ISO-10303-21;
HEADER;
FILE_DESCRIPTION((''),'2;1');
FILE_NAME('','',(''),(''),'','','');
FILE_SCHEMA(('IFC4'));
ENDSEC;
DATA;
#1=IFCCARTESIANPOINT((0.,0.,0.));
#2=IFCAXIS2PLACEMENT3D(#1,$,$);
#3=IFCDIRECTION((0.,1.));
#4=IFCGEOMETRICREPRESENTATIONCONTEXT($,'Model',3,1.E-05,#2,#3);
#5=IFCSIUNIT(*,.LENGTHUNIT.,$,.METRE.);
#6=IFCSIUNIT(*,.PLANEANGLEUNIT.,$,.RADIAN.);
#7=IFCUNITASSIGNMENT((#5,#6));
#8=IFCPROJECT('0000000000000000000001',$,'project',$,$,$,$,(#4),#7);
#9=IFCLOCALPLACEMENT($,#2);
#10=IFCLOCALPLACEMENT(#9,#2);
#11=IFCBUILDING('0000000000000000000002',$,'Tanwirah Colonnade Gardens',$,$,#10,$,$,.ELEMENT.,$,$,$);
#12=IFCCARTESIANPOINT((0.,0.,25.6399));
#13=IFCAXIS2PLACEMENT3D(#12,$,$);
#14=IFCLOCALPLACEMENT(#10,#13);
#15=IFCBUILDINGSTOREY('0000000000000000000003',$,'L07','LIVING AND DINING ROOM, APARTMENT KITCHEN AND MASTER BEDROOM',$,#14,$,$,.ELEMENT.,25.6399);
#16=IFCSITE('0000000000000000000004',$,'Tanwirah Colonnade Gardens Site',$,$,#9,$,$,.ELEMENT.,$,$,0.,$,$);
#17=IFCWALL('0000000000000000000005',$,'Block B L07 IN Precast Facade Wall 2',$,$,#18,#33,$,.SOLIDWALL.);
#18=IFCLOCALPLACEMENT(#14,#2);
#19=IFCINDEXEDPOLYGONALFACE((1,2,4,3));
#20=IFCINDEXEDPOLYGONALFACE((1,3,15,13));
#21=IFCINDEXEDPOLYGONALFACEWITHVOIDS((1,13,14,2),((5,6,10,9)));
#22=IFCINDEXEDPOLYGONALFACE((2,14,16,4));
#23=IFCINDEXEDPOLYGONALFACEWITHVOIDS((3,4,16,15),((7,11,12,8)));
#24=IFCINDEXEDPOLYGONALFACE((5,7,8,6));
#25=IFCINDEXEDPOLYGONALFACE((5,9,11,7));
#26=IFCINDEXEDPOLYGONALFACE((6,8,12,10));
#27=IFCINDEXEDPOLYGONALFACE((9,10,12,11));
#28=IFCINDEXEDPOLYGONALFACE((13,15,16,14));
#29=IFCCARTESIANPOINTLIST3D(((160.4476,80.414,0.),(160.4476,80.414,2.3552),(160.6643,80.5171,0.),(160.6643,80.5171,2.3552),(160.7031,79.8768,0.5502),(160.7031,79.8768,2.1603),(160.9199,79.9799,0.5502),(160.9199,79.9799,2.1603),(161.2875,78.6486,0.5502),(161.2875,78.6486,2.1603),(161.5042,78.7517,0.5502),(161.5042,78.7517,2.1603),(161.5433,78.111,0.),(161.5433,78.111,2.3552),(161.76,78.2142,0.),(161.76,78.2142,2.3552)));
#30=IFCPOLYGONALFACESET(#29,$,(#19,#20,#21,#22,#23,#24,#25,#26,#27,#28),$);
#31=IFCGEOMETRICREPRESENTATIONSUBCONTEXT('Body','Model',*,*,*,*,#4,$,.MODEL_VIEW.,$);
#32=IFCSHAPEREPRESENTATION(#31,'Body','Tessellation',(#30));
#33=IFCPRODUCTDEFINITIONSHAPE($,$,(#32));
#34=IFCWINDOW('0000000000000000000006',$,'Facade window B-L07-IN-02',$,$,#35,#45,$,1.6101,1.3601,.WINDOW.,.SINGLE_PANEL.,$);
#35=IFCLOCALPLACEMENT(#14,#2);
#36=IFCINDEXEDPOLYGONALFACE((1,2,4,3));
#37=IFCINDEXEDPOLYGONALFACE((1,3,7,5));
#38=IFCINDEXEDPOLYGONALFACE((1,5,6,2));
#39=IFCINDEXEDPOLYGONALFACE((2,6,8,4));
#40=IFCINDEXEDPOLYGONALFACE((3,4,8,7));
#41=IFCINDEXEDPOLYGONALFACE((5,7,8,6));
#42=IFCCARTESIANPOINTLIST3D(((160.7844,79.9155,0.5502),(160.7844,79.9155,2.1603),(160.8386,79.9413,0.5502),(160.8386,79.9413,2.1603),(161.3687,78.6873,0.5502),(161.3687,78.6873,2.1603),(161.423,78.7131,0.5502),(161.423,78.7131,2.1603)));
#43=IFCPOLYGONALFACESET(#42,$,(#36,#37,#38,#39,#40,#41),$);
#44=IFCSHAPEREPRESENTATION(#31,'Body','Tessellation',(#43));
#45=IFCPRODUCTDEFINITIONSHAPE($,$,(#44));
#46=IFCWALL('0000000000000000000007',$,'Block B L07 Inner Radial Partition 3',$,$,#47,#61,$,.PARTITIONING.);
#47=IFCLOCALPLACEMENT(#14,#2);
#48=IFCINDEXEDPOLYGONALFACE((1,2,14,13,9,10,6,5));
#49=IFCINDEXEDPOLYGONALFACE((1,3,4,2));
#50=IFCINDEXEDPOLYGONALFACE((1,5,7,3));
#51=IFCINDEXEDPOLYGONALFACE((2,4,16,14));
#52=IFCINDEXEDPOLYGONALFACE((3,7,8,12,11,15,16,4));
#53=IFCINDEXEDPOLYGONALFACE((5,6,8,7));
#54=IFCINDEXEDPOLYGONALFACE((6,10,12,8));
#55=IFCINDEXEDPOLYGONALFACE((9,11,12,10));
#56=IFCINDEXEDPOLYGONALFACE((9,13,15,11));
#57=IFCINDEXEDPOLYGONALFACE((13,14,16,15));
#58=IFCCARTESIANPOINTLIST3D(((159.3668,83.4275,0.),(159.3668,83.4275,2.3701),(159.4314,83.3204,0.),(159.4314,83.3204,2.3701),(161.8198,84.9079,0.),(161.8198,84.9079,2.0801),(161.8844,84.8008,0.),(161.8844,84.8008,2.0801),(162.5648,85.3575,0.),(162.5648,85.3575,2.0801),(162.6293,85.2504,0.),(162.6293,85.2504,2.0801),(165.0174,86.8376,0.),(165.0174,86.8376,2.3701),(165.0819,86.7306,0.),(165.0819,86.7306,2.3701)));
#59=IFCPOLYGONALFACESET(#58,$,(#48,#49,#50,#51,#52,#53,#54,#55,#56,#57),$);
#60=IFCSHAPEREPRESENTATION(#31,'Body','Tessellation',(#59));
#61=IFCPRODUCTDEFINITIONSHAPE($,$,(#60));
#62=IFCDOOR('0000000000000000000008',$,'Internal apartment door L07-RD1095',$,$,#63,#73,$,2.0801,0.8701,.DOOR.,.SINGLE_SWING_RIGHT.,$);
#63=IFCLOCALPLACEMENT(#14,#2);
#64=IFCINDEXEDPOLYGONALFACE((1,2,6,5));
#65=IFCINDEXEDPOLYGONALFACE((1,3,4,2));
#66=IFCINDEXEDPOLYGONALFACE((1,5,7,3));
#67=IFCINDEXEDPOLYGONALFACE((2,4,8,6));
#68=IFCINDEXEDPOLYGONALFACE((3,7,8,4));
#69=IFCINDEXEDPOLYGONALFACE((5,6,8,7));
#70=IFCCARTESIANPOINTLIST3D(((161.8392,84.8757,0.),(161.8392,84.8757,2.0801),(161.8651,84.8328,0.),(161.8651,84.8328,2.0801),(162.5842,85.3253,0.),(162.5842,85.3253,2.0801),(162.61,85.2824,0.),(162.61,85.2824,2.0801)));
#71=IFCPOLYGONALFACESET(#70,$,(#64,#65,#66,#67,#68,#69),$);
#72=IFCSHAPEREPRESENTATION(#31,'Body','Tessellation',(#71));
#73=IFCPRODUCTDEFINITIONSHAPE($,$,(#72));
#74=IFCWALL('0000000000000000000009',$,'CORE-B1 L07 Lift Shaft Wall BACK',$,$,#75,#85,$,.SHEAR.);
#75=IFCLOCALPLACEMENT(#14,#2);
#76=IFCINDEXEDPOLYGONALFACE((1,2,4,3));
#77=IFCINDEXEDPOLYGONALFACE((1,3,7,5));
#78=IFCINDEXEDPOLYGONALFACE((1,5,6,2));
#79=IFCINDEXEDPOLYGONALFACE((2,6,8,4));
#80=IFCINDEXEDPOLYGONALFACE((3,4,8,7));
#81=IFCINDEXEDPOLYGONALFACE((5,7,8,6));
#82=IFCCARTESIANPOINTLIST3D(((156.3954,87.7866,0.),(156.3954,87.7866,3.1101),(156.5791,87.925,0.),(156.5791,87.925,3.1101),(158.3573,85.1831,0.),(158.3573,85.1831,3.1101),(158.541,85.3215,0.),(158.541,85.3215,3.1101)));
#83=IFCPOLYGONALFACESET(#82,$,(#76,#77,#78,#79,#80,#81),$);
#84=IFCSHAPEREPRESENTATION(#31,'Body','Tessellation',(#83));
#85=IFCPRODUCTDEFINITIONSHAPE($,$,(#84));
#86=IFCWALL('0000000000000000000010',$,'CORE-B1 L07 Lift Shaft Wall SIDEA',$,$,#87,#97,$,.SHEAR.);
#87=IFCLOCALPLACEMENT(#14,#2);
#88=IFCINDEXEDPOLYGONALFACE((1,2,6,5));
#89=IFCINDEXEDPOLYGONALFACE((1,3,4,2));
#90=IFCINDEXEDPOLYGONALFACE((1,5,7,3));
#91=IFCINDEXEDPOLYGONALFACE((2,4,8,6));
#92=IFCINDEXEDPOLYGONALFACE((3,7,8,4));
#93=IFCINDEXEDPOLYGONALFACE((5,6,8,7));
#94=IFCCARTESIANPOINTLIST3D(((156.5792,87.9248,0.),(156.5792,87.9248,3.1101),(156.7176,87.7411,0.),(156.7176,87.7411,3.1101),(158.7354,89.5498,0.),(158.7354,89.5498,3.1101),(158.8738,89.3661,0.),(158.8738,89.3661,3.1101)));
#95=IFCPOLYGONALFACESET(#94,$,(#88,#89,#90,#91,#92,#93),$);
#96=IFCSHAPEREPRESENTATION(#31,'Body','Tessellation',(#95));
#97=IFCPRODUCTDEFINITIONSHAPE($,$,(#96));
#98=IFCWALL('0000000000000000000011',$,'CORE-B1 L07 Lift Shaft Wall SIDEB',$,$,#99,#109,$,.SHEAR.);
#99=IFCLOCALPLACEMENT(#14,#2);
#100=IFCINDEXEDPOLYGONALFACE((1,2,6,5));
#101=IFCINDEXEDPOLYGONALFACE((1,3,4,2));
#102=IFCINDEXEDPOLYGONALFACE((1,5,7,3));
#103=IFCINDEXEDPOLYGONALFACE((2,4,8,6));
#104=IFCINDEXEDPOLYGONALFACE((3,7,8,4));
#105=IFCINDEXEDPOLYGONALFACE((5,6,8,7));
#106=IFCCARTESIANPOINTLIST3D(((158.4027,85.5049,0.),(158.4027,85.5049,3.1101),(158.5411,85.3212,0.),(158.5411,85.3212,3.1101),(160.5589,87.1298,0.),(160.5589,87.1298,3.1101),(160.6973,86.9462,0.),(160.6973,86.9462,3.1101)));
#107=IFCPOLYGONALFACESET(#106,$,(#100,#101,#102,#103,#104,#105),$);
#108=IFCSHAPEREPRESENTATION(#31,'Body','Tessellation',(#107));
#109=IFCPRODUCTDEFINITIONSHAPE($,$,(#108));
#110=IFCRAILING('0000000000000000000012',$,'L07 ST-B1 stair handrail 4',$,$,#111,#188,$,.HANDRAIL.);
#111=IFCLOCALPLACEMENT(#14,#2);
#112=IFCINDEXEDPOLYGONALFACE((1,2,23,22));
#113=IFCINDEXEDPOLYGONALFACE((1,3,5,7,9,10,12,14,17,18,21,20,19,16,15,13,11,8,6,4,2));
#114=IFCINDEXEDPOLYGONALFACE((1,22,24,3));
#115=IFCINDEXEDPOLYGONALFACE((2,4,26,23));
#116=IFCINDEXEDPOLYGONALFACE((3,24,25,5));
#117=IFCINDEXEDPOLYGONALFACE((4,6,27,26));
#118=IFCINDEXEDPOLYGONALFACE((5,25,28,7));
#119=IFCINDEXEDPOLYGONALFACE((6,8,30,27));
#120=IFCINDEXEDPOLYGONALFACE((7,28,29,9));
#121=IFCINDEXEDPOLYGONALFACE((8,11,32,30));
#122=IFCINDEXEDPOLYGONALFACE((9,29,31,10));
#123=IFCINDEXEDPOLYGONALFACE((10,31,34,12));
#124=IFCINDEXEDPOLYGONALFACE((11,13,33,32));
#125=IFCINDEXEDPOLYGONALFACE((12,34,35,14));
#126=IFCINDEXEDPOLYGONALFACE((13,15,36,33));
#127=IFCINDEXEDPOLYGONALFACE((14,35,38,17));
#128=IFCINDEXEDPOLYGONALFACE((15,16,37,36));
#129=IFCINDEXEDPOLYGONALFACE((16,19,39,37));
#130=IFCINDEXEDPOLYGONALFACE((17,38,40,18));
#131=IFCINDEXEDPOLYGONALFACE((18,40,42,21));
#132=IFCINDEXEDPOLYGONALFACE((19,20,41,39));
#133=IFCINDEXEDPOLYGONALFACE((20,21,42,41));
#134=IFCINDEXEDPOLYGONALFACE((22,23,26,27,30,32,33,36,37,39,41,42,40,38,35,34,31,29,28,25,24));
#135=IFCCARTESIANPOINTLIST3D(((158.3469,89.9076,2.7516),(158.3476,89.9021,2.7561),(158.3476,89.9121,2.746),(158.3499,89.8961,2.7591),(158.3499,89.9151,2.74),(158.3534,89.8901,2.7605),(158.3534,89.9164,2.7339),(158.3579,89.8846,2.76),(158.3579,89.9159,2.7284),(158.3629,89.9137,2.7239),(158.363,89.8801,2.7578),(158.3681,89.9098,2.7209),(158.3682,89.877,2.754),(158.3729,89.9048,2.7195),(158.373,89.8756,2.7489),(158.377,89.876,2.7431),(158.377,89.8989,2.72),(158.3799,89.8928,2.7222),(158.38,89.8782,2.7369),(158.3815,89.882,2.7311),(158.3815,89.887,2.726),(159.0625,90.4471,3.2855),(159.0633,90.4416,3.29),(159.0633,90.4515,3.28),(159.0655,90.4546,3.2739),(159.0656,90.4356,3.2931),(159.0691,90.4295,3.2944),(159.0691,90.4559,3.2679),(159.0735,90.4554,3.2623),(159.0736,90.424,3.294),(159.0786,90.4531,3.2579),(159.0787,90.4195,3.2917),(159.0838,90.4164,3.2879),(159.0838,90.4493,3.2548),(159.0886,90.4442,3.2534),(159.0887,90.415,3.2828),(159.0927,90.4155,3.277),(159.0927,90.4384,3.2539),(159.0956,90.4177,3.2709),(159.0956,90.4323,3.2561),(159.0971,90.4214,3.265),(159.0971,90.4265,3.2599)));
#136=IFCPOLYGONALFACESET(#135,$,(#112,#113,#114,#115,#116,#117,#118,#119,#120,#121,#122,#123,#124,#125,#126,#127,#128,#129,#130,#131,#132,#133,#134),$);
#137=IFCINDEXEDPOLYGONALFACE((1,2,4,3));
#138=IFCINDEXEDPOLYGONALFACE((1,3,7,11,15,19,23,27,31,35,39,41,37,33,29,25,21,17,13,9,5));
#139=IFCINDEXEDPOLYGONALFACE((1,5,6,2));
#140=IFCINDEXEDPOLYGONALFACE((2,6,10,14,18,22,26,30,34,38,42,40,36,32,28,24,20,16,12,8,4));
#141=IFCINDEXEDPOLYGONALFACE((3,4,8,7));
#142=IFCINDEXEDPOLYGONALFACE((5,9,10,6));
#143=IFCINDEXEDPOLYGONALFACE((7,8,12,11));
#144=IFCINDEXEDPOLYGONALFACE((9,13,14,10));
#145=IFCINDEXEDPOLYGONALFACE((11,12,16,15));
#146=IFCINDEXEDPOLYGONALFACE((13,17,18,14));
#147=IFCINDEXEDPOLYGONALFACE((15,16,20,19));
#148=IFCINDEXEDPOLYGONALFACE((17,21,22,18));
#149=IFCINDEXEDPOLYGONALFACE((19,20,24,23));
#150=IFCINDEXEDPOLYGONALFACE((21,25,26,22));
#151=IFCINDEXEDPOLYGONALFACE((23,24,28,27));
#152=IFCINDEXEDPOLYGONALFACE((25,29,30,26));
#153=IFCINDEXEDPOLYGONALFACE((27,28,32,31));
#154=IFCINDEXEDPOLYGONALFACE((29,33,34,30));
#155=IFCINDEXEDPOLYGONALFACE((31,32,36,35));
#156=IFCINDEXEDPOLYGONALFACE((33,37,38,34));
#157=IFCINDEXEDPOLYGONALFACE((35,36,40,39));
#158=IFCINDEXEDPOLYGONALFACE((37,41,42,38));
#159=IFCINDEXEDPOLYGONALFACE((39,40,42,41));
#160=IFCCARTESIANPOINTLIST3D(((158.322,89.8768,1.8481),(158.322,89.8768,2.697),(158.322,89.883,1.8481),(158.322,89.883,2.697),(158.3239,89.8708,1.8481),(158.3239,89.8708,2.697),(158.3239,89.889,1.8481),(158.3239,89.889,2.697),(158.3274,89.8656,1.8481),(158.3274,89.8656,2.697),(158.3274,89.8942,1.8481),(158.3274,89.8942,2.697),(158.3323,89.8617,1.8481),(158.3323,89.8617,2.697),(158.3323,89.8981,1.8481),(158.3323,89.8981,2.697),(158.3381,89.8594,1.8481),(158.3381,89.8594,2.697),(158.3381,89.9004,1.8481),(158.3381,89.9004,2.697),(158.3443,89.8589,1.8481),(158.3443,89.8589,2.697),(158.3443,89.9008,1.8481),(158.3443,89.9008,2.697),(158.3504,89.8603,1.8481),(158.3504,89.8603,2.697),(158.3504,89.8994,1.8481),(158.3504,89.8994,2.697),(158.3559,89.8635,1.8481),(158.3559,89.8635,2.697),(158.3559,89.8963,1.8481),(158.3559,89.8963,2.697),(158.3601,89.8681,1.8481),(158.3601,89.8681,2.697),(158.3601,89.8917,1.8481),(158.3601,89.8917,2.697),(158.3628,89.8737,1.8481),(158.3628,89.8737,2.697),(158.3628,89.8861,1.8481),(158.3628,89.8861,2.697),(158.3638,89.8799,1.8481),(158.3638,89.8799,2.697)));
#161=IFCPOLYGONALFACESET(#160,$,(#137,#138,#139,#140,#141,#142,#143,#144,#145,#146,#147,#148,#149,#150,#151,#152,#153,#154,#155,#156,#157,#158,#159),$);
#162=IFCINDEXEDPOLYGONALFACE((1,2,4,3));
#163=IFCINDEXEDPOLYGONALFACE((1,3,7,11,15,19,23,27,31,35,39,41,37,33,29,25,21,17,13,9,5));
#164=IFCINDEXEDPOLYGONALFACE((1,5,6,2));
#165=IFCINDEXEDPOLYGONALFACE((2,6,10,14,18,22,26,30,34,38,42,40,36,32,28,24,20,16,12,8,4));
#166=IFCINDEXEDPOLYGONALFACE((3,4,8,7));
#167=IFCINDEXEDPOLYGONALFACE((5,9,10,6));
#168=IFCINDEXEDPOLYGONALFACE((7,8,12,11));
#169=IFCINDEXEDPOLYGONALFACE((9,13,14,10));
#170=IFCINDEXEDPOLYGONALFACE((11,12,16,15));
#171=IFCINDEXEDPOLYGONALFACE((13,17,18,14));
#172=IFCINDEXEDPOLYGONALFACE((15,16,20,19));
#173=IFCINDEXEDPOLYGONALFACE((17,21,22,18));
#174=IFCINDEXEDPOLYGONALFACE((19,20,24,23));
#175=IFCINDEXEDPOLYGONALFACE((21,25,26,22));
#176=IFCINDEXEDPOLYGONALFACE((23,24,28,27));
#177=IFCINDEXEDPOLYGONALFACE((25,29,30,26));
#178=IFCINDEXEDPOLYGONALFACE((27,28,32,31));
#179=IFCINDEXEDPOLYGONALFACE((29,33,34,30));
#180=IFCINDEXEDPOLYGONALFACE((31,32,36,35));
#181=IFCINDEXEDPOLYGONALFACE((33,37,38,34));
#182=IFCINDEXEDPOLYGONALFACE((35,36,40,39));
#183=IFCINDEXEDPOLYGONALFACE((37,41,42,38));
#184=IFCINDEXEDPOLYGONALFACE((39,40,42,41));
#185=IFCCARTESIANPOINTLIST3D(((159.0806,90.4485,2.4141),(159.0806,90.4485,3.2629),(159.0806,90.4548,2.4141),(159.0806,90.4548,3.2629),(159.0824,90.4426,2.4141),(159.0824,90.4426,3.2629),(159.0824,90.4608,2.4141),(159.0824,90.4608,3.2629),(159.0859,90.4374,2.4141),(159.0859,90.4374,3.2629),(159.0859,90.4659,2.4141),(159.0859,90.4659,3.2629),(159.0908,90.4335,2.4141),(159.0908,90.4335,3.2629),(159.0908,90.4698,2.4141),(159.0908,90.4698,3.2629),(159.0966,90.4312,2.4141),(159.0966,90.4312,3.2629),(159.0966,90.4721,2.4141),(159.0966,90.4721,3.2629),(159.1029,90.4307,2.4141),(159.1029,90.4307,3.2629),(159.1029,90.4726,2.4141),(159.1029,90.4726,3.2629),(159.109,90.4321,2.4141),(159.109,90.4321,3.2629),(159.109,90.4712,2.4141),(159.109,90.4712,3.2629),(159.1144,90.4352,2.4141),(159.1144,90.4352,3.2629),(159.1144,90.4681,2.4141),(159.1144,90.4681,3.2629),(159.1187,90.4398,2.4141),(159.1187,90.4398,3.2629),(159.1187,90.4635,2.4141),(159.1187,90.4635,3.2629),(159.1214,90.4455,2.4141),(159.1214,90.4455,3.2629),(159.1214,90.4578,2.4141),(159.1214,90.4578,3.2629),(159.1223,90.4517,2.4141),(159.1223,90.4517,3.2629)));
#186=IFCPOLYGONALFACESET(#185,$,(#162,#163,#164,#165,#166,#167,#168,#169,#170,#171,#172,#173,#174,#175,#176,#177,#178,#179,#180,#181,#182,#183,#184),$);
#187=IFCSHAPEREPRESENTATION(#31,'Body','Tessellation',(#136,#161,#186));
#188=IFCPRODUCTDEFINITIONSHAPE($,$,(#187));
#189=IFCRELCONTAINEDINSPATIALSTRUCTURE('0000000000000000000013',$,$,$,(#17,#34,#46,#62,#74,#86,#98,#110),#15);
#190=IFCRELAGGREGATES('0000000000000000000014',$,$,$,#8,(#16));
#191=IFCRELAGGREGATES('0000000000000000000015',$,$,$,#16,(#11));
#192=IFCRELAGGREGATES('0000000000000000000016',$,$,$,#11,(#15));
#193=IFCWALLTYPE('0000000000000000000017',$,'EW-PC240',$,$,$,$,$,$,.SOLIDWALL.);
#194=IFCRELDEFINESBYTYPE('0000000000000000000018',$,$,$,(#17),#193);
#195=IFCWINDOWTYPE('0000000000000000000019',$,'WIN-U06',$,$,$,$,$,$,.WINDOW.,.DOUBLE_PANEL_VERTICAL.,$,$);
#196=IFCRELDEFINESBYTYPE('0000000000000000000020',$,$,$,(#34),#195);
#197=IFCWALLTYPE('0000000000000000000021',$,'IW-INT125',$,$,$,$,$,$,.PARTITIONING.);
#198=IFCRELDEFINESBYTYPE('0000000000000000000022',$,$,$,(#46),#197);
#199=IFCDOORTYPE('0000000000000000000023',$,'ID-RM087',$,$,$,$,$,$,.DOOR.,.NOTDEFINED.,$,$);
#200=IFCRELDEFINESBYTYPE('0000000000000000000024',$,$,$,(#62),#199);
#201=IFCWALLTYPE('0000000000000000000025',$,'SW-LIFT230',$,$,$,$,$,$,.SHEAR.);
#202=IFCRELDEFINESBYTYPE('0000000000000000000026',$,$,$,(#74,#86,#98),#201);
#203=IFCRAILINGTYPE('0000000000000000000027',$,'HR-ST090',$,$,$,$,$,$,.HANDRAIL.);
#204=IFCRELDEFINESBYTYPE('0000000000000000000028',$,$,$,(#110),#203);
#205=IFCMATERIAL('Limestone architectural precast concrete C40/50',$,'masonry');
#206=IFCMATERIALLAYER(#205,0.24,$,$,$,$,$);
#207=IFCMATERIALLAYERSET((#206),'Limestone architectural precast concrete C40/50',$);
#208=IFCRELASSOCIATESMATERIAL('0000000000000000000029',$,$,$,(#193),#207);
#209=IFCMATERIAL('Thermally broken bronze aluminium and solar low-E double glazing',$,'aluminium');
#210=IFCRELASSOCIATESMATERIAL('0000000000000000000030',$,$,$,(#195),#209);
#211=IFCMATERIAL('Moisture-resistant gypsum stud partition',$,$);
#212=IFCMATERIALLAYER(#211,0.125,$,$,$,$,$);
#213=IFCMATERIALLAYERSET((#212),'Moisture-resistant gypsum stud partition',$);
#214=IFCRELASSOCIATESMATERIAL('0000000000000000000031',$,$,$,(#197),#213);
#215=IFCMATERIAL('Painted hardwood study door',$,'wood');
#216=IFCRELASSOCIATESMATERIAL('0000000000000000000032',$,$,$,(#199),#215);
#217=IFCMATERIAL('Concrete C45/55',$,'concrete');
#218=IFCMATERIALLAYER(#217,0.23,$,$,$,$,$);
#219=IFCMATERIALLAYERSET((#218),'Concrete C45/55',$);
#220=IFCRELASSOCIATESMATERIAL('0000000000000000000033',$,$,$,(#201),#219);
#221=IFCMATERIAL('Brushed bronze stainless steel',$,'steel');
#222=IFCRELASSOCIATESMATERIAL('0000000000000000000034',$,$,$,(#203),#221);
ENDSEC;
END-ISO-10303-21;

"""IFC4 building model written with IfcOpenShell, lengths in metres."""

from ifc_helpers import new_model, si_unit, direction, frame, frame_2d, origin, origin_2d, place, context, subcontext, project, spatial, rectangle, circle, extrude, material, layer, layer_set, type_object, element, fill, save


model = new_model("IFC4")

# Units and contexts
model_context = context("Model", 3, precision=1e-05, world=origin(), true_north=direction((0.0, 1.0)))
body_context = subcontext(model_context, "Body", "Model", "MODEL_VIEW")
ifc_project = project(units=[si_unit("LENGTHUNIT", "METRE"), si_unit("PLANEANGLEUNIT", "RADIAN")], contexts=[model_context])

# Site, building, storey
site_placement = place(None, origin())
site = spatial("IfcSite", under=ifc_project, at=site_placement, Name="Tanwirah Colonnade Gardens Site", CompositionType="ELEMENT", RefElevation=0.0)
building_placement = place(site_placement, origin())
building = spatial("IfcBuilding", under=site, at=building_placement, Name="Tanwirah Colonnade Gardens", CompositionType="ELEMENT")
storey_placement = place(building_placement, frame((0.0, 0.0, 25.6399)))
storey = spatial("IfcBuildingStorey", under=building, at=storey_placement, Name="L07", Description="LIVING AND DINING ROOM, APARTMENT KITCHEN AND MASTER BEDROOM", CompositionType="ELEMENT", Elevation=25.6399)

# Wall, opening, window
ifc_material_1 = material(Name="Limestone architectural precast concrete C40/50", Category="masonry")
ifc_layer_1 = layer(ifc_material_1, 0.24)
ifc_layer_set_1 = layer_set([ifc_layer_1], Name="Limestone architectural precast concrete C40/50")
wall_type_1 = type_object("IfcWallType", Name="EW-PC240", PredefinedType="SOLIDWALL", material=ifc_layer_set_1)
wall_1_placement = place(storey_placement, frame((161.6516, 78.1626, 0.0), z_axis=(0.0, 0.0, 1.0), x_axis=(-0.429629, 0.903006, 0.0)))
wall_1 = element("IfcWall", 1, at=wall_1_placement, inside=storey, type_object=wall_type_1, Name="Block B L07 IN Precast Facade Wall 2", PredefinedType="SOLIDWALL", context=body_context, shape_type="SweptSolid", body=[
    extrude(rectangle(XDim=2.5503, YDim=0.24, at=frame_2d((1.2751, 0.0))), origin(), (0.0, 0.0, 1.0), 2.3552),
])
opening_1_placement = place(wall_1_placement, frame((0.5952, 0.0, 0.55)))
opening_1 = element("IfcOpeningElement", 2, at=opening_1_placement, cuts=wall_1, PredefinedType="OPENING", context=body_context, shape_type="SweptSolid", body=[
    extrude(rectangle(XDim=1.3601, YDim=1.6101, at=frame_2d((0.6802, 0.8052))), frame((0.0, 0.1299, 0.0), z_axis=(0.0, -1.0, 0.0), x_axis=(1.0, 0.0, 0.0)), (0.0, 0.0, 1.0), 0.26),
])
ifc_material_2 = material(Name="Thermally broken bronze aluminium and solar low-E double glazing", Category="aluminium")
window_type = type_object("IfcWindowType", Name="WIN-U06", PartitioningType="DOUBLE_PANEL_VERTICAL", PredefinedType="WINDOW", material=ifc_material_2)
window_placement = place(opening_1_placement, origin())
window = element("IfcWindow", 3, at=window_placement, inside=storey, type_object=window_type, Name="Facade window B-L07-IN-02", OverallHeight=1.6101, OverallWidth=1.3601, PartitioningType="SINGLE_PANEL", PredefinedType="WINDOW", context=body_context, shape_type="SweptSolid", body=[
    extrude(rectangle(XDim=1.3601, YDim=1.6101, at=frame_2d((0.6802, 0.8052))), frame((0.0, 0.03, 0.0), z_axis=(0.0, -1.0, 0.0), x_axis=(1.0, 0.0, 0.0)), (0.0, 0.0, 1.0), 0.0601),
])
fill(opening_1, window)

# Wall, opening, door
ifc_material_3 = material(Name="Moisture-resistant gypsum stud partition")
ifc_layer_2 = layer(ifc_material_3, 0.125)
ifc_layer_set_2 = layer_set([ifc_layer_2], Name="Moisture-resistant gypsum stud partition")
wall_type_2 = type_object("IfcWallType", Name="IW-INT125", PredefinedType="PARTITIONING", material=ifc_layer_set_2)
wall_2_placement = place(storey_placement, frame((159.3992, 83.374, 0.0), z_axis=(0.0, 0.0, 1.0), x_axis=(0.856168, 0.516697, 0.0)))
wall_2 = element("IfcWall", 4, at=wall_2_placement, inside=storey, type_object=wall_type_2, Name="Block B L07 Inner Radial Partition 3", PredefinedType="PARTITIONING", context=body_context, shape_type="SweptSolid", body=[
    extrude(rectangle(XDim=6.5999, YDim=0.125, at=frame_2d((3.2998, 0.0))), origin(), (0.0, 0.0, 1.0), 2.3701),
])
opening_2_placement = place(wall_2_placement, frame((2.865, 0.0, 0.0)))
opening_2 = element("IfcOpeningElement", 5, at=opening_2_placement, cuts=wall_2, PredefinedType="OPENING", context=body_context, shape_type="SweptSolid", body=[
    extrude(rectangle(XDim=0.8701, YDim=2.0801, at=frame_2d((0.4351, 1.04))), frame((0.0, 0.0725, 0.0), z_axis=(0.0, -1.0, 0.0), x_axis=(1.0, 0.0, 0.0)), (0.0, 0.0, 1.0), 0.145),
])
ifc_material_4 = material(Name="Painted hardwood study door", Category="wood")
door_type_1 = type_object("IfcDoorType", Name="ID-RM087", OperationType="NOTDEFINED", PredefinedType="DOOR", material=ifc_material_4)
door_1_placement = place(opening_2_placement, origin())
door_1 = element("IfcDoor", 6, at=door_1_placement, inside=storey, type_object=door_type_1, Name="Internal apartment door L07-RD1095", OperationType="SINGLE_SWING_RIGHT", OverallHeight=2.0801, OverallWidth=0.8701, PredefinedType="DOOR", context=body_context, shape_type="SweptSolid", body=[
    extrude(rectangle(XDim=0.8701, YDim=2.0801, at=frame_2d((0.4351, 1.04))), frame((0.0, 0.0249, 0.0), z_axis=(0.0, -1.0, 0.0), x_axis=(1.0, 0.0, 0.0)), (0.0, 0.0, 1.0), 0.05),
])
fill(opening_2, door_1)
ifc_material_5 = material(Name="Concrete C45/55", Category="concrete")
ifc_layer_3 = layer(ifc_material_5, 0.23)
ifc_layer_set_3 = layer_set([ifc_layer_3], Name="Concrete C45/55")
wall_type_3 = type_object("IfcWallType", Name="SW-LIFT230", PredefinedType="SHEAR", material=ifc_layer_set_3)

# Walls
wall_3_placement = place(storey_placement, frame((156.4873, 87.8557, 0.0), z_axis=(0.0, 0.0, 1.0), x_axis=(0.60182, -0.798632, 0.0)))
element("IfcWall", 7, at=wall_3_placement, inside=storey, type_object=wall_type_3, Name="CORE-B1 L07 Lift Shaft Wall BACK", PredefinedType="SHEAR", context=body_context, shape_type="SweptSolid", body=[
    extrude(rectangle(XDim=3.26, YDim=0.23, at=frame_2d((1.6299, 0.0))), origin(), (0.0, 0.0, 1.0), 3.1101),
])
for number, where, z_axis, x_axis, name in (
    (8, (158.8047, 89.458, 0.0), (0.0, 0.0, 1.0), (-0.798609, -0.60185, 0.0), "CORE-B1 L07 Lift Shaft Wall SIDEA"),
    (9, (160.6282, 87.0381, 0.0), (0.0, 0.0, 1.0), (-0.798609, -0.60185, 0.0), "CORE-B1 L07 Lift Shaft Wall SIDEB"),
):
    element("IfcWall", number, at=place(storey_placement, frame(where, z_axis=z_axis, x_axis=x_axis)), inside=storey, type_object=wall_type_3, Name=name, PredefinedType="SHEAR", context=body_context, shape_type="SweptSolid", body=[
        extrude(rectangle(XDim=2.7, YDim=0.23, at=frame_2d((1.3501, 0.0))), origin(), (0.0, 0.0, 1.0), 3.1101),
    ])

# Railing
ifc_material_6 = material(Name="Brushed bronze stainless steel", Category="steel")
railing_type_1 = type_object("IfcRailingType", Name="HR-ST090", PredefinedType="HANDRAIL", material=ifc_material_6)
railing_1_placement = place(storey_placement, frame((158.3428, 89.8799, 1.8481)))
element("IfcRailing", 10, at=railing_1_placement, inside=storey, type_object=railing_type_1, Name="L07 ST-B1 stair handrail 4", PredefinedType="HANDRAIL", context=body_context, shape_type="SweptSolid", body=[
    extrude(circle(Radius=0.0239, at=origin_2d()), frame((0.0215, 0.0161, 0.8918), z_axis=(0.686028, 0.517116, 0.511817), x_axis=(-0.601931, 0.798548, 0.0)), (0.0, 0.0, 1.0), 1.0432),
    extrude(circle(Radius=0.021, at=origin_2d()), origin(), (0.0, 0.0, 1.0), 0.8489),
    extrude(circle(Radius=0.021, at=origin_2d()), frame((0.7585, 0.5718, 0.5659)), (0.0, 0.0, 1.0), 0.8489),
])

save(model, "model.ifc")
